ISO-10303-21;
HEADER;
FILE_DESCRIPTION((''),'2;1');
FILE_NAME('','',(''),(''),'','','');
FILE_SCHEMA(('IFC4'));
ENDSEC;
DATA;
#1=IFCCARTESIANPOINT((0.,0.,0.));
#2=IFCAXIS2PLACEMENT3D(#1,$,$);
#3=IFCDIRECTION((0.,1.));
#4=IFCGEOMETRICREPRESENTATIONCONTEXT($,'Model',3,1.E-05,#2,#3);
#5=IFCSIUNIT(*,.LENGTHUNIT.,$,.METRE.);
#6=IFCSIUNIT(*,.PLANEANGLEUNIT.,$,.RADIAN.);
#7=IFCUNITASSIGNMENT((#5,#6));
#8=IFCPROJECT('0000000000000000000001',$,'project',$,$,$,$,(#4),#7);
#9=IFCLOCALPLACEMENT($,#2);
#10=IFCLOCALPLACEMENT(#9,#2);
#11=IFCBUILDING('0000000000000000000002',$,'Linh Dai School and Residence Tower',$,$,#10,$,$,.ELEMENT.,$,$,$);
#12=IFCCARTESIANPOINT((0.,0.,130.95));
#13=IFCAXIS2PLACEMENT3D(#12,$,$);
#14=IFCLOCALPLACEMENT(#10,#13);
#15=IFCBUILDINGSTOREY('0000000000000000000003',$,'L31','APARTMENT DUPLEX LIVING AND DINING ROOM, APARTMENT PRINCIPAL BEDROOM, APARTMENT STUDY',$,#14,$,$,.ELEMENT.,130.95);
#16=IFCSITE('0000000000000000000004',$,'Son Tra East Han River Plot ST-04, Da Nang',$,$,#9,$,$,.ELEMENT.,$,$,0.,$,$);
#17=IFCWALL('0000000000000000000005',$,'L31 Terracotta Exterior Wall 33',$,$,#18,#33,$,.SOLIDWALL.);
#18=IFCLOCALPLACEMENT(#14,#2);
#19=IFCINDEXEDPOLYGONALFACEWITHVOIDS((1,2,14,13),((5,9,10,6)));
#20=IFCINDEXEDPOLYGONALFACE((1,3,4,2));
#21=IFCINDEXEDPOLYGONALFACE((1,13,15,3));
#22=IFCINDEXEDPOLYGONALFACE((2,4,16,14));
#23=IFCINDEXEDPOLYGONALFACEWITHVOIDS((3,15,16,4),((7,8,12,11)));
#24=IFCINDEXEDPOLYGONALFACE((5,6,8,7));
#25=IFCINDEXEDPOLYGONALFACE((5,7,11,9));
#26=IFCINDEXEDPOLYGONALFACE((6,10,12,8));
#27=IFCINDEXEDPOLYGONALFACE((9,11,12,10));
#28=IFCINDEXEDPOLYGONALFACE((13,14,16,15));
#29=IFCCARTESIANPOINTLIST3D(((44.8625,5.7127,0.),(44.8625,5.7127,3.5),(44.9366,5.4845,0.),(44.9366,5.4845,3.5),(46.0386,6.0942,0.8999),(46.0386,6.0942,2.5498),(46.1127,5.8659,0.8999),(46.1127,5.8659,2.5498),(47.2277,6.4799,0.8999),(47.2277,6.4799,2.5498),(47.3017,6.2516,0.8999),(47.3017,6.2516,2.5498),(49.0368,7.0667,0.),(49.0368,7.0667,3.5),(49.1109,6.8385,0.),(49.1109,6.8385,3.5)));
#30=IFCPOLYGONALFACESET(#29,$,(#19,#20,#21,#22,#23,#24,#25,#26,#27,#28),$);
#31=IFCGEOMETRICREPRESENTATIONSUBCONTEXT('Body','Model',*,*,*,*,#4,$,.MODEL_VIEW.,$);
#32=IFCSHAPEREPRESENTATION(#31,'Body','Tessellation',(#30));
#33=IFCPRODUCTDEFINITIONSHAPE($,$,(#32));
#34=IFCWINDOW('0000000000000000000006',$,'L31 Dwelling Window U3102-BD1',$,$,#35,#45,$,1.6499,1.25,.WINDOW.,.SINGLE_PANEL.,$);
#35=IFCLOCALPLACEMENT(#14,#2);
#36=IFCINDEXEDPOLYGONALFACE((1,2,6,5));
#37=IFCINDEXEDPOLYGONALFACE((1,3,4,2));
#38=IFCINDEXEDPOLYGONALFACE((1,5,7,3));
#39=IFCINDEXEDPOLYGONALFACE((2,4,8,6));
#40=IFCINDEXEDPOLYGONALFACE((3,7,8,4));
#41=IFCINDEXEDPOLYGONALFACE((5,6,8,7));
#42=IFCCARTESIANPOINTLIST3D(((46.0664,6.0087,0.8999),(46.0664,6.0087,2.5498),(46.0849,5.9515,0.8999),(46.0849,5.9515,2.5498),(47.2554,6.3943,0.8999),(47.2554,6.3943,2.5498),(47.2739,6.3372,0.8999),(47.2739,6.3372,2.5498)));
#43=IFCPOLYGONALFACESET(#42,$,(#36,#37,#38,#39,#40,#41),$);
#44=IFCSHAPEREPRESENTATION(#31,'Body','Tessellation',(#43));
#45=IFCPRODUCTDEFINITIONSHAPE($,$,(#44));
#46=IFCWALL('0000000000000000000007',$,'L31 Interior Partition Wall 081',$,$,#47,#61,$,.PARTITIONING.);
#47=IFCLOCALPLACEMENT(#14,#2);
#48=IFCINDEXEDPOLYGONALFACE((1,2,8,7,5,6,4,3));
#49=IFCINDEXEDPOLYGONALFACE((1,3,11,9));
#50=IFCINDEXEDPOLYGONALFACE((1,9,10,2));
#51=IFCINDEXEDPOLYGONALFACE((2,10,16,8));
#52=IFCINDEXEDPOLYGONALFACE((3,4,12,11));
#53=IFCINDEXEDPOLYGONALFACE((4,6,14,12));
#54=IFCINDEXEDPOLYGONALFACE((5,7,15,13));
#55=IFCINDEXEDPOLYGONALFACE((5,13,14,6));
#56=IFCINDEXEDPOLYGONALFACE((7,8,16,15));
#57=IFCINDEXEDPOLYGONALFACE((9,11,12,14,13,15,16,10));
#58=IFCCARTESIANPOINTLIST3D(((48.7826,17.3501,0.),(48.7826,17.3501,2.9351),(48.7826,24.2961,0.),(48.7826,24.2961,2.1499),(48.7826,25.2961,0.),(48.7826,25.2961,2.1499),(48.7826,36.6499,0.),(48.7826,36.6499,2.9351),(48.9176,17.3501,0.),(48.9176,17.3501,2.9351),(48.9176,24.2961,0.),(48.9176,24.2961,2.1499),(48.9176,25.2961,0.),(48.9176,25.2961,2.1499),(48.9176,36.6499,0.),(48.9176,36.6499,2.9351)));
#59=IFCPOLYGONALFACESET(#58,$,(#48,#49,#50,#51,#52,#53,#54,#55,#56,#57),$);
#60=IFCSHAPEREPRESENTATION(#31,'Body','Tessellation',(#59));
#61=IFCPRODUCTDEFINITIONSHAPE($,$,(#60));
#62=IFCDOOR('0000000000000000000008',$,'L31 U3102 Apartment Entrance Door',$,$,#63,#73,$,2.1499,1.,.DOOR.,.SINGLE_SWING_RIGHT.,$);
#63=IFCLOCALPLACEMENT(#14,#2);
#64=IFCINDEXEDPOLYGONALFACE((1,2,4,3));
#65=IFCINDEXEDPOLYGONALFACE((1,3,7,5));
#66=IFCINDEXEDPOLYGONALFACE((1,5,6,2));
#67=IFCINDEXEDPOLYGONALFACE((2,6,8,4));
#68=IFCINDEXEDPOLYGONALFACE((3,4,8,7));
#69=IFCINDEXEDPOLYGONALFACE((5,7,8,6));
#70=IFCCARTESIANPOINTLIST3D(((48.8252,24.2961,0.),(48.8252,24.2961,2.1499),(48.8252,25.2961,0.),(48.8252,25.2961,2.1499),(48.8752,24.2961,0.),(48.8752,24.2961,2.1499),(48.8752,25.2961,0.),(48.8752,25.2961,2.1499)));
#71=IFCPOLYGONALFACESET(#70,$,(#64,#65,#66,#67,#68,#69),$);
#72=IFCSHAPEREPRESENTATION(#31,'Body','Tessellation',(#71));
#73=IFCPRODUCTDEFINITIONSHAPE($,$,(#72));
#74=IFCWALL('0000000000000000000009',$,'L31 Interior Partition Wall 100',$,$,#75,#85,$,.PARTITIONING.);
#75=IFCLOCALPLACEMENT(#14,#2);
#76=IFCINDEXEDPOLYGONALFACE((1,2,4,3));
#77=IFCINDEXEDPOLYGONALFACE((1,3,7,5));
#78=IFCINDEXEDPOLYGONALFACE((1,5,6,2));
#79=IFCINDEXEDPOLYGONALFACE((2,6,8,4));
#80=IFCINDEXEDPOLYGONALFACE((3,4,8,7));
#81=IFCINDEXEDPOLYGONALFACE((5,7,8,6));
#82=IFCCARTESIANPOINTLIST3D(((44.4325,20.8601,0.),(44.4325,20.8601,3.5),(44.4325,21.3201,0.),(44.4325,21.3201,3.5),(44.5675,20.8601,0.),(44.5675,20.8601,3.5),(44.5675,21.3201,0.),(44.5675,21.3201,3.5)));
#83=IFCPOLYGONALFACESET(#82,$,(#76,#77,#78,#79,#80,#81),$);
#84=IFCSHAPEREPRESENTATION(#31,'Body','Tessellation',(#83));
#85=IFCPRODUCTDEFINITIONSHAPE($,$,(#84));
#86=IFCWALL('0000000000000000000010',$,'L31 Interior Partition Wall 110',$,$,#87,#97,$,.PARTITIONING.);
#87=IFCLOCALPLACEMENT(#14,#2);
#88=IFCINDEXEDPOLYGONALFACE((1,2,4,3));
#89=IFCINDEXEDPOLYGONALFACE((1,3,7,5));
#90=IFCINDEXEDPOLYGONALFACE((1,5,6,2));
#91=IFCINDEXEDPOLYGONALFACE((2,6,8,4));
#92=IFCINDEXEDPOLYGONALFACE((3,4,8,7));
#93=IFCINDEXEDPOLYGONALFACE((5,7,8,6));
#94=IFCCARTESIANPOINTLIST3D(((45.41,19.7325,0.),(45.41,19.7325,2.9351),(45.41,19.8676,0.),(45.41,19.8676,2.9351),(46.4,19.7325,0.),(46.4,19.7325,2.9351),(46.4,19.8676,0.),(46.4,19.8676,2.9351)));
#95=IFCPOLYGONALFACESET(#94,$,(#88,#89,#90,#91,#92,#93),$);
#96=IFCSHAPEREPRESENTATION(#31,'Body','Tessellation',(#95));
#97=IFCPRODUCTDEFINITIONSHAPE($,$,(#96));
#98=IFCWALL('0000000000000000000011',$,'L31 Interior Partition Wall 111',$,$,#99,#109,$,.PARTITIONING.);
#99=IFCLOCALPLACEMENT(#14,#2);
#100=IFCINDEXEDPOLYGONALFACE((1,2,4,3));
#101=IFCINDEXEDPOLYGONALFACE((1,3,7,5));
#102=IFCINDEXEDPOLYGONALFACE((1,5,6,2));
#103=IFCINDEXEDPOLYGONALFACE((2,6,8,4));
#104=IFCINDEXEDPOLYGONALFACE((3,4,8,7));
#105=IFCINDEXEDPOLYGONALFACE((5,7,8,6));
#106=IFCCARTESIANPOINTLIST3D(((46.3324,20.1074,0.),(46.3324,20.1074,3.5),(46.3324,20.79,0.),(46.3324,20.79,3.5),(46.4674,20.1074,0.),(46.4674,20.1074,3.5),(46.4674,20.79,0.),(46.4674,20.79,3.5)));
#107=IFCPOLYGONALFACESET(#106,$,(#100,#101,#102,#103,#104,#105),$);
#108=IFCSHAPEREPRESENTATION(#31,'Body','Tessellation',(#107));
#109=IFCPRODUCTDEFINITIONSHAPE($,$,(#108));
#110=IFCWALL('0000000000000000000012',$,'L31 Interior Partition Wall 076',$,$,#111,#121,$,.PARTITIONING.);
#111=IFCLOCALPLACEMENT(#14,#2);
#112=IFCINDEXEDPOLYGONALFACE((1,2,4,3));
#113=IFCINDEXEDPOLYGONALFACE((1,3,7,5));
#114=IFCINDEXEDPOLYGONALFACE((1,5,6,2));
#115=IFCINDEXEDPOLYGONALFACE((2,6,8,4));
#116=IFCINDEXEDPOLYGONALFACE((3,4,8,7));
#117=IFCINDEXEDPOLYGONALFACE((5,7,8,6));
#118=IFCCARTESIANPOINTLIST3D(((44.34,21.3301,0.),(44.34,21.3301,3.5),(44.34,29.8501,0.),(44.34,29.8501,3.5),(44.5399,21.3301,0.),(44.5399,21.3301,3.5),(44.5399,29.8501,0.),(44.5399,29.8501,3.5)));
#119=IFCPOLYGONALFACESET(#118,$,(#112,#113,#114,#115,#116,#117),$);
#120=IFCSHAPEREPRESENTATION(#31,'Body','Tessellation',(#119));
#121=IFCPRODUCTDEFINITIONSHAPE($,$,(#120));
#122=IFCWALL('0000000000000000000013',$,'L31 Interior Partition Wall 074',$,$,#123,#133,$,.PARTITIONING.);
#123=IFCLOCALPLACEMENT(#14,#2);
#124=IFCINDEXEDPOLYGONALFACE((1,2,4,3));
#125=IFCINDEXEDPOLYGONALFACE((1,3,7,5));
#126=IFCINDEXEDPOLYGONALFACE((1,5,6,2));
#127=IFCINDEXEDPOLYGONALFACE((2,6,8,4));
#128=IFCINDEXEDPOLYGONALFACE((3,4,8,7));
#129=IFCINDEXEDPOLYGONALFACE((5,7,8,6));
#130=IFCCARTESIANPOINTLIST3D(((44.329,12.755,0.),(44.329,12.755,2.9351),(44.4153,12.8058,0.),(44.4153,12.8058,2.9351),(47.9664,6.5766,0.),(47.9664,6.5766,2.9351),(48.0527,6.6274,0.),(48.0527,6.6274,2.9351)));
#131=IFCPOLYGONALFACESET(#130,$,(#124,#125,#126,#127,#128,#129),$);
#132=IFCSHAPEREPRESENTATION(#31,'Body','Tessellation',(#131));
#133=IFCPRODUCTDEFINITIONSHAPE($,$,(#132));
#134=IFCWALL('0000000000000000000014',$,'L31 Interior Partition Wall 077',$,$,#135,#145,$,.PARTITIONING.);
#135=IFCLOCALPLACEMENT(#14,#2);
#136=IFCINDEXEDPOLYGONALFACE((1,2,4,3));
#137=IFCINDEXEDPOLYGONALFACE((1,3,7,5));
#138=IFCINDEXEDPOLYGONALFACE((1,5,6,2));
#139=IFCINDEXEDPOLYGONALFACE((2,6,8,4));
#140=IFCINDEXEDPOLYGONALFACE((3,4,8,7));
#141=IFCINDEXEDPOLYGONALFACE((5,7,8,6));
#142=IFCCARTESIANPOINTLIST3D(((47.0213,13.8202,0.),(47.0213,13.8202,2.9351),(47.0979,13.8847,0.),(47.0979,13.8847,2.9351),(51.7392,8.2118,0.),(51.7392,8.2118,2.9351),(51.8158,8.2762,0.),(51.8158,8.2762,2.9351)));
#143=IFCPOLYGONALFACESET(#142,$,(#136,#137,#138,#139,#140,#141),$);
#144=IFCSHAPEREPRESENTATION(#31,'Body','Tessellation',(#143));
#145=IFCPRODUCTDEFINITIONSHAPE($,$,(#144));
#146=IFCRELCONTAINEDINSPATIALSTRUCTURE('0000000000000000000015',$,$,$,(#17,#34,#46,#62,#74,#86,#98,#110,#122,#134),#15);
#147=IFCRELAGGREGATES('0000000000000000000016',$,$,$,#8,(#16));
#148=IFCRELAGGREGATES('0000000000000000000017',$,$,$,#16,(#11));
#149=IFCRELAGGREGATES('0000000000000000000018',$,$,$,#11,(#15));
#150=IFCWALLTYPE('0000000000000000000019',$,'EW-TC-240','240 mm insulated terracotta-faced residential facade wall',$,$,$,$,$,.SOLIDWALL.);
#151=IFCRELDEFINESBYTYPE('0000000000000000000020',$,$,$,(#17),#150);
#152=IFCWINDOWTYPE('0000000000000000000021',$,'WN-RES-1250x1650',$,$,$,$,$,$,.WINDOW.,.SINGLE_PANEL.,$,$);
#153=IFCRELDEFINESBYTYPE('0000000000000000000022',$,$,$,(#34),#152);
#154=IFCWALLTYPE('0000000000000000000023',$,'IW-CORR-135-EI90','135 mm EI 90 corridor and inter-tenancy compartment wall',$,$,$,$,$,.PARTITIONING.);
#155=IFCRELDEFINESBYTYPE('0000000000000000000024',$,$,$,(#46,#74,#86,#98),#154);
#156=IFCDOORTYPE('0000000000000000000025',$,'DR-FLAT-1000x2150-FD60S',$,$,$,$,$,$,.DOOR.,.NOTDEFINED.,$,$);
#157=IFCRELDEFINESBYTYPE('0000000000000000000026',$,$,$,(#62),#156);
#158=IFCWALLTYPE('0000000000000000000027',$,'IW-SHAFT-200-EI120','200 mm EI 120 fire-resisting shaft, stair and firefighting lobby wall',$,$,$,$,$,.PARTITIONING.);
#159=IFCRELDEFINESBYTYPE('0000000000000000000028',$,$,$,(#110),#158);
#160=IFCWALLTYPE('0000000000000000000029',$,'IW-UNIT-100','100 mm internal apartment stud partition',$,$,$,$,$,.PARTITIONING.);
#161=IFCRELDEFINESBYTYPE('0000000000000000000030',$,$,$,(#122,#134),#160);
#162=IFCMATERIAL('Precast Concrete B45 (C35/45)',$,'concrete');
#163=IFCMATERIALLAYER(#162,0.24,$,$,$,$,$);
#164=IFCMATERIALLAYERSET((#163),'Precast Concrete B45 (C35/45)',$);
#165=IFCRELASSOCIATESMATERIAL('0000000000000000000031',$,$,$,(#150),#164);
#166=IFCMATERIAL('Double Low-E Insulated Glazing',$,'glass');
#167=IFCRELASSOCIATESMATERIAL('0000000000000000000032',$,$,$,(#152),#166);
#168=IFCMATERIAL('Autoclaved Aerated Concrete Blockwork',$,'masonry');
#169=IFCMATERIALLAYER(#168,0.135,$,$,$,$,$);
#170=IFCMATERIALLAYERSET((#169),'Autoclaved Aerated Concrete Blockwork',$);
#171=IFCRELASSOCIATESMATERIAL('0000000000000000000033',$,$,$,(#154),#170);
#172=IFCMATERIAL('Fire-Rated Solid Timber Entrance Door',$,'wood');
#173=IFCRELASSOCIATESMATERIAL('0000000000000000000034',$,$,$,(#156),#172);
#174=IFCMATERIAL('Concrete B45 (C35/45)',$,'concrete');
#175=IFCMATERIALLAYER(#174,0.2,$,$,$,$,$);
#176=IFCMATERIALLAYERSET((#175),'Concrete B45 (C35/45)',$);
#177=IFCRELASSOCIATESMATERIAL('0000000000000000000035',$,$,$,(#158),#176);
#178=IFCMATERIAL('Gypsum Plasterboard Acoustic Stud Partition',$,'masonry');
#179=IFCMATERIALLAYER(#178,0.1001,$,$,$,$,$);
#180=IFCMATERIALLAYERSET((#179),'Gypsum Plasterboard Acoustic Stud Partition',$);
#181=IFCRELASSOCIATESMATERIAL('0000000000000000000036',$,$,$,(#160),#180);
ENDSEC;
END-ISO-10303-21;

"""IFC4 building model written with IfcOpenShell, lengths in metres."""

from ifc_helpers import new_model, si_unit, direction, frame, frame_2d, origin, origin_2d, place, context, subcontext, project, spatial, rectangle, extrude, source, transform, mapped, material, layer, layer_set, type_object, element, fill, save


model = new_model("IFC4")

# Units and contexts
model_context = context("Model", 3, precision=1e-05, world=origin(), true_north=direction((0.0, 1.0)))
body_context = subcontext(model_context, "Body", "Model", "MODEL_VIEW")
ifc_project = project(units=[si_unit("LENGTHUNIT", "METRE"), si_unit("PLANEANGLEUNIT", "RADIAN")], contexts=[model_context])

# Site, building, storey
site_placement = place(None, origin())
site = spatial("IfcSite", under=ifc_project, at=site_placement, Name="Son Tra East Han River Plot ST-04, Da Nang", CompositionType="ELEMENT", RefElevation=0.0)
building_placement = place(site_placement, origin())
building = spatial("IfcBuilding", under=site, at=building_placement, Name="Linh Dai School and Residence Tower", CompositionType="ELEMENT")
storey_placement = place(building_placement, frame((0.0, 0.0, 130.95)))
storey = spatial("IfcBuildingStorey", under=building, at=storey_placement, Name="L31", Description="APARTMENT DUPLEX LIVING AND DINING ROOM, APARTMENT PRINCIPAL BEDROOM, APARTMENT STUDY", CompositionType="ELEMENT", Elevation=130.95)

# Shared definitions
ifc_material_1 = material(Name="Precast Concrete B45 (C35/45)", Category="concrete")
ifc_layer_1 = layer(ifc_material_1, 0.24)
ifc_layer_set_1 = layer_set([ifc_layer_1], Name="Precast Concrete B45 (C35/45)")
wall_type_1 = type_object("IfcWallType", Name="EW-TC-240", Description="240 mm insulated terracotta-faced residential facade wall", PredefinedType="SOLIDWALL", material=ifc_layer_set_1)

# Wall, opening, window
wall_1_placement = place(storey_placement, frame((49.074, 6.9526, 0.0), z_axis=(0.0, 0.0, 1.0), x_axis=(-0.951211, -0.30854, 0.0)))
wall_1 = element("IfcWall", 1, at=wall_1_placement, inside=storey, type_object=wall_type_1, Name="L31 Terracotta Exterior Wall 33", PredefinedType="SOLIDWALL", context=body_context, shape_type="SweptSolid", body=[
    extrude(rectangle(XDim=4.3884, YDim=0.24, at=frame_2d((2.1943, 0.0))), origin(), (0.0, 0.0, 1.0), 3.5),
])
opening_1_placement = place(wall_1_placement, frame((1.9021, 0.0, 0.8999)))
opening_1 = element("IfcOpeningElement", 2, at=opening_1_placement, cuts=wall_1, PredefinedType="OPENING", context=body_context, shape_type="SweptSolid", body=[
    extrude(rectangle(XDim=1.25, YDim=1.6499, at=origin_2d()), frame((0.625, 0.1299, 0.825), z_axis=(0.0, -1.0, 0.0), x_axis=(1.0, 0.0, 0.0)), (0.0, 0.0, 1.0), 0.26),
])
ifc_material_2 = material(Name="Double Low-E Insulated Glazing", Category="glass")
window_type = type_object("IfcWindowType", Name="WN-RES-1250x1650", PartitioningType="SINGLE_PANEL", PredefinedType="WINDOW", material=ifc_material_2)
shared_shape_1 = source(origin(), body_context, "Body", "SweptSolid", [
    extrude(rectangle(XDim=1.25, YDim=1.6499, at=origin_2d()), frame((0.625, 0.03, 0.825), z_axis=(0.0, -1.0, 0.0), x_axis=(1.0, 0.0, 0.0)), (0.0, 0.0, 1.0), 0.0601),
])
window_placement = place(opening_1_placement, origin())
window = element("IfcWindow", 3, at=window_placement, inside=storey, type_object=window_type, Name="L31 Dwelling Window U3102-BD1", OverallHeight=1.6499, OverallWidth=1.25, PartitioningType="SINGLE_PANEL", PredefinedType="WINDOW", context=body_context, shape_type="MappedRepresentation", body=[
    mapped(shared_shape_1, transform((0.0, 0.0, 0.0), x_axis=(1.0, 0.0, 0.0), y_axis=(0.0, 1.0, 0.0), z_axis=(0.0, 0.0, 1.0), scale=1.0)),
])
fill(opening_1, window)

# Wall, opening, door
ifc_material_3 = material(Name="Autoclaved Aerated Concrete Blockwork", Category="masonry")
ifc_layer_2 = layer(ifc_material_3, 0.135)
ifc_layer_set_2 = layer_set([ifc_layer_2], Name="Autoclaved Aerated Concrete Blockwork")
wall_type_2 = type_object("IfcWallType", Name="IW-CORR-135-EI90", Description="135 mm EI 90 corridor and inter-tenancy compartment wall", PredefinedType="PARTITIONING", material=ifc_layer_set_2)
wall_2_placement = place(storey_placement, frame((48.8501, 17.3501, 0.0), z_axis=(0.0, 0.0, 1.0), x_axis=(0.0, 1.0, 0.0)))
wall_2 = element("IfcWall", 4, at=wall_2_placement, inside=storey, type_object=wall_type_2, Name="L31 Interior Partition Wall 081", PredefinedType="PARTITIONING", context=body_context, shape_type="SweptSolid", body=[
    extrude(rectangle(XDim=19.2998, YDim=0.135, at=frame_2d((9.6499, 0.0))), origin(), (0.0, 0.0, 1.0), 2.9351),
])
opening_2_placement = place(wall_2_placement, frame((6.946, 0.0, 0.0)))
opening_2 = element("IfcOpeningElement", 5, at=opening_2_placement, cuts=wall_2, PredefinedType="OPENING", context=body_context, shape_type="SweptSolid", body=[
    extrude(rectangle(XDim=1.0, YDim=2.1499, at=origin_2d()), frame((0.5, 0.0776, 1.075), z_axis=(0.0, -1.0, 0.0), x_axis=(1.0, 0.0, 0.0)), (0.0, 0.0, 1.0), 0.155),
])
ifc_material_4 = material(Name="Fire-Rated Solid Timber Entrance Door", Category="wood")
door_type_1 = type_object("IfcDoorType", Name="DR-FLAT-1000x2150-FD60S", OperationType="NOTDEFINED", PredefinedType="DOOR", material=ifc_material_4)
shared_shape_2 = source(origin(), body_context, "Body", "SweptSolid", [
    extrude(rectangle(XDim=1.0, YDim=2.1499, at=origin_2d()), frame((0.5, 0.0249, 1.075), z_axis=(0.0, -1.0, 0.0), x_axis=(1.0, 0.0, 0.0)), (0.0, 0.0, 1.0), 0.05),
])
door_1_placement = place(opening_2_placement, origin())
door_1 = element("IfcDoor", 6, at=door_1_placement, inside=storey, type_object=door_type_1, Name="L31 U3102 Apartment Entrance Door", OperationType="SINGLE_SWING_RIGHT", OverallHeight=2.1499, OverallWidth=1.0, PredefinedType="DOOR", context=body_context, shape_type="MappedRepresentation", body=[
    mapped(shared_shape_2, transform((0.0, 0.0, 0.0), x_axis=(1.0, 0.0, 0.0), y_axis=(0.0, 1.0, 0.0), z_axis=(0.0, 0.0, 1.0), scale=1.0)),
])
fill(opening_2, door_1)

# Walls
wall_3_placement = place(storey_placement, frame((44.5, 20.8601, 0.0), z_axis=(0.0, 0.0, 1.0), x_axis=(0.0, 1.0, 0.0)))
element("IfcWall", 7, at=wall_3_placement, inside=storey, type_object=wall_type_2, Name="L31 Interior Partition Wall 100", PredefinedType="PARTITIONING", context=body_context, shape_type="SweptSolid", body=[
    extrude(rectangle(XDim=0.46, YDim=0.135, at=frame_2d((0.23, 0.0))), origin(), (0.0, 0.0, 1.0), 3.5),
])
wall_4_placement = place(storey_placement, frame((45.4099, 19.8, 0.0), z_axis=(0.0, 0.0, 1.0), x_axis=(1.0, 0.0, 0.0)))
element("IfcWall", 8, at=wall_4_placement, inside=storey, type_object=wall_type_2, Name="L31 Interior Partition Wall 110", PredefinedType="PARTITIONING", context=body_context, shape_type="SweptSolid", body=[
    extrude(rectangle(XDim=0.99, YDim=0.135, at=frame_2d((0.4951, 0.0))), origin(), (0.0, 0.0, 1.0), 2.9351),
])
wall_5_placement = place(storey_placement, frame((46.3999, 20.1074, 0.0), z_axis=(0.0, 0.0, 1.0), x_axis=(0.0, 1.0, 0.0)))
element("IfcWall", 9, at=wall_5_placement, inside=storey, type_object=wall_type_2, Name="L31 Interior Partition Wall 111", PredefinedType="PARTITIONING", context=body_context, shape_type="SweptSolid", body=[
    extrude(rectangle(XDim=0.6826, YDim=0.135, at=frame_2d((0.3413, 0.0))), origin(), (0.0, 0.0, 1.0), 3.5),
])
ifc_material_5 = material(Name="Concrete B45 (C35/45)", Category="concrete")
ifc_layer_3 = layer(ifc_material_5, 0.2)
ifc_layer_set_3 = layer_set([ifc_layer_3], Name="Concrete B45 (C35/45)")
wall_type_3 = type_object("IfcWallType", Name="IW-SHAFT-200-EI120", Description="200 mm EI 120 fire-resisting shaft, stair and firefighting lobby wall", PredefinedType="PARTITIONING", material=ifc_layer_set_3)
wall_6_placement = place(storey_placement, frame((44.4399, 21.3301, 0.0), z_axis=(0.0, 0.0, 1.0), x_axis=(0.0, 1.0, 0.0)))
element("IfcWall", 10, at=wall_6_placement, inside=storey, type_object=wall_type_3, Name="L31 Interior Partition Wall 076", PredefinedType="PARTITIONING", context=body_context, shape_type="SweptSolid", body=[
    extrude(rectangle(XDim=8.52, YDim=0.2, at=frame_2d((4.26, 0.0))), origin(), (0.0, 0.0, 1.0), 3.5),
])
ifc_material_6 = material(Name="Gypsum Plasterboard Acoustic Stud Partition", Category="masonry")
ifc_layer_4 = layer(ifc_material_6, 0.1001)
ifc_layer_set_4 = layer_set([ifc_layer_4], Name="Gypsum Plasterboard Acoustic Stud Partition")
wall_type_4 = type_object("IfcWallType", Name="IW-UNIT-100", Description="100 mm internal apartment stud partition", PredefinedType="PARTITIONING", material=ifc_layer_set_4)
wall_7_placement = place(storey_placement, frame((44.3721, 12.7805, 0.0), z_axis=(0.0, 0.0, 1.0), x_axis=(0.507337, -0.861748, 0.0)))
element("IfcWall", 11, at=wall_7_placement, inside=storey, type_object=wall_type_4, Name="L31 Interior Partition Wall 074", PredefinedType="PARTITIONING", context=body_context, shape_type="SweptSolid", body=[
    extrude(rectangle(XDim=7.1697, YDim=0.1001, at=frame_2d((3.585, 0.0))), origin(), (0.0, 0.0, 1.0), 2.9351),
])
wall_8_placement = place(storey_placement, frame((47.0596, 13.8525, 0.0), z_axis=(0.0, 0.0, 1.0), x_axis=(0.643729, -0.765253, 0.0)))
element("IfcWall", 12, at=wall_8_placement, inside=storey, type_object=wall_type_4, Name="L31 Interior Partition Wall 077", PredefinedType="PARTITIONING", context=body_context, shape_type="SweptSolid", body=[
    extrude(rectangle(XDim=7.3289, YDim=0.1001, at=frame_2d((3.6646, 0.0))), origin(), (0.0, 0.0, 1.0), 2.9351),
])

save(model, "model.ifc")
